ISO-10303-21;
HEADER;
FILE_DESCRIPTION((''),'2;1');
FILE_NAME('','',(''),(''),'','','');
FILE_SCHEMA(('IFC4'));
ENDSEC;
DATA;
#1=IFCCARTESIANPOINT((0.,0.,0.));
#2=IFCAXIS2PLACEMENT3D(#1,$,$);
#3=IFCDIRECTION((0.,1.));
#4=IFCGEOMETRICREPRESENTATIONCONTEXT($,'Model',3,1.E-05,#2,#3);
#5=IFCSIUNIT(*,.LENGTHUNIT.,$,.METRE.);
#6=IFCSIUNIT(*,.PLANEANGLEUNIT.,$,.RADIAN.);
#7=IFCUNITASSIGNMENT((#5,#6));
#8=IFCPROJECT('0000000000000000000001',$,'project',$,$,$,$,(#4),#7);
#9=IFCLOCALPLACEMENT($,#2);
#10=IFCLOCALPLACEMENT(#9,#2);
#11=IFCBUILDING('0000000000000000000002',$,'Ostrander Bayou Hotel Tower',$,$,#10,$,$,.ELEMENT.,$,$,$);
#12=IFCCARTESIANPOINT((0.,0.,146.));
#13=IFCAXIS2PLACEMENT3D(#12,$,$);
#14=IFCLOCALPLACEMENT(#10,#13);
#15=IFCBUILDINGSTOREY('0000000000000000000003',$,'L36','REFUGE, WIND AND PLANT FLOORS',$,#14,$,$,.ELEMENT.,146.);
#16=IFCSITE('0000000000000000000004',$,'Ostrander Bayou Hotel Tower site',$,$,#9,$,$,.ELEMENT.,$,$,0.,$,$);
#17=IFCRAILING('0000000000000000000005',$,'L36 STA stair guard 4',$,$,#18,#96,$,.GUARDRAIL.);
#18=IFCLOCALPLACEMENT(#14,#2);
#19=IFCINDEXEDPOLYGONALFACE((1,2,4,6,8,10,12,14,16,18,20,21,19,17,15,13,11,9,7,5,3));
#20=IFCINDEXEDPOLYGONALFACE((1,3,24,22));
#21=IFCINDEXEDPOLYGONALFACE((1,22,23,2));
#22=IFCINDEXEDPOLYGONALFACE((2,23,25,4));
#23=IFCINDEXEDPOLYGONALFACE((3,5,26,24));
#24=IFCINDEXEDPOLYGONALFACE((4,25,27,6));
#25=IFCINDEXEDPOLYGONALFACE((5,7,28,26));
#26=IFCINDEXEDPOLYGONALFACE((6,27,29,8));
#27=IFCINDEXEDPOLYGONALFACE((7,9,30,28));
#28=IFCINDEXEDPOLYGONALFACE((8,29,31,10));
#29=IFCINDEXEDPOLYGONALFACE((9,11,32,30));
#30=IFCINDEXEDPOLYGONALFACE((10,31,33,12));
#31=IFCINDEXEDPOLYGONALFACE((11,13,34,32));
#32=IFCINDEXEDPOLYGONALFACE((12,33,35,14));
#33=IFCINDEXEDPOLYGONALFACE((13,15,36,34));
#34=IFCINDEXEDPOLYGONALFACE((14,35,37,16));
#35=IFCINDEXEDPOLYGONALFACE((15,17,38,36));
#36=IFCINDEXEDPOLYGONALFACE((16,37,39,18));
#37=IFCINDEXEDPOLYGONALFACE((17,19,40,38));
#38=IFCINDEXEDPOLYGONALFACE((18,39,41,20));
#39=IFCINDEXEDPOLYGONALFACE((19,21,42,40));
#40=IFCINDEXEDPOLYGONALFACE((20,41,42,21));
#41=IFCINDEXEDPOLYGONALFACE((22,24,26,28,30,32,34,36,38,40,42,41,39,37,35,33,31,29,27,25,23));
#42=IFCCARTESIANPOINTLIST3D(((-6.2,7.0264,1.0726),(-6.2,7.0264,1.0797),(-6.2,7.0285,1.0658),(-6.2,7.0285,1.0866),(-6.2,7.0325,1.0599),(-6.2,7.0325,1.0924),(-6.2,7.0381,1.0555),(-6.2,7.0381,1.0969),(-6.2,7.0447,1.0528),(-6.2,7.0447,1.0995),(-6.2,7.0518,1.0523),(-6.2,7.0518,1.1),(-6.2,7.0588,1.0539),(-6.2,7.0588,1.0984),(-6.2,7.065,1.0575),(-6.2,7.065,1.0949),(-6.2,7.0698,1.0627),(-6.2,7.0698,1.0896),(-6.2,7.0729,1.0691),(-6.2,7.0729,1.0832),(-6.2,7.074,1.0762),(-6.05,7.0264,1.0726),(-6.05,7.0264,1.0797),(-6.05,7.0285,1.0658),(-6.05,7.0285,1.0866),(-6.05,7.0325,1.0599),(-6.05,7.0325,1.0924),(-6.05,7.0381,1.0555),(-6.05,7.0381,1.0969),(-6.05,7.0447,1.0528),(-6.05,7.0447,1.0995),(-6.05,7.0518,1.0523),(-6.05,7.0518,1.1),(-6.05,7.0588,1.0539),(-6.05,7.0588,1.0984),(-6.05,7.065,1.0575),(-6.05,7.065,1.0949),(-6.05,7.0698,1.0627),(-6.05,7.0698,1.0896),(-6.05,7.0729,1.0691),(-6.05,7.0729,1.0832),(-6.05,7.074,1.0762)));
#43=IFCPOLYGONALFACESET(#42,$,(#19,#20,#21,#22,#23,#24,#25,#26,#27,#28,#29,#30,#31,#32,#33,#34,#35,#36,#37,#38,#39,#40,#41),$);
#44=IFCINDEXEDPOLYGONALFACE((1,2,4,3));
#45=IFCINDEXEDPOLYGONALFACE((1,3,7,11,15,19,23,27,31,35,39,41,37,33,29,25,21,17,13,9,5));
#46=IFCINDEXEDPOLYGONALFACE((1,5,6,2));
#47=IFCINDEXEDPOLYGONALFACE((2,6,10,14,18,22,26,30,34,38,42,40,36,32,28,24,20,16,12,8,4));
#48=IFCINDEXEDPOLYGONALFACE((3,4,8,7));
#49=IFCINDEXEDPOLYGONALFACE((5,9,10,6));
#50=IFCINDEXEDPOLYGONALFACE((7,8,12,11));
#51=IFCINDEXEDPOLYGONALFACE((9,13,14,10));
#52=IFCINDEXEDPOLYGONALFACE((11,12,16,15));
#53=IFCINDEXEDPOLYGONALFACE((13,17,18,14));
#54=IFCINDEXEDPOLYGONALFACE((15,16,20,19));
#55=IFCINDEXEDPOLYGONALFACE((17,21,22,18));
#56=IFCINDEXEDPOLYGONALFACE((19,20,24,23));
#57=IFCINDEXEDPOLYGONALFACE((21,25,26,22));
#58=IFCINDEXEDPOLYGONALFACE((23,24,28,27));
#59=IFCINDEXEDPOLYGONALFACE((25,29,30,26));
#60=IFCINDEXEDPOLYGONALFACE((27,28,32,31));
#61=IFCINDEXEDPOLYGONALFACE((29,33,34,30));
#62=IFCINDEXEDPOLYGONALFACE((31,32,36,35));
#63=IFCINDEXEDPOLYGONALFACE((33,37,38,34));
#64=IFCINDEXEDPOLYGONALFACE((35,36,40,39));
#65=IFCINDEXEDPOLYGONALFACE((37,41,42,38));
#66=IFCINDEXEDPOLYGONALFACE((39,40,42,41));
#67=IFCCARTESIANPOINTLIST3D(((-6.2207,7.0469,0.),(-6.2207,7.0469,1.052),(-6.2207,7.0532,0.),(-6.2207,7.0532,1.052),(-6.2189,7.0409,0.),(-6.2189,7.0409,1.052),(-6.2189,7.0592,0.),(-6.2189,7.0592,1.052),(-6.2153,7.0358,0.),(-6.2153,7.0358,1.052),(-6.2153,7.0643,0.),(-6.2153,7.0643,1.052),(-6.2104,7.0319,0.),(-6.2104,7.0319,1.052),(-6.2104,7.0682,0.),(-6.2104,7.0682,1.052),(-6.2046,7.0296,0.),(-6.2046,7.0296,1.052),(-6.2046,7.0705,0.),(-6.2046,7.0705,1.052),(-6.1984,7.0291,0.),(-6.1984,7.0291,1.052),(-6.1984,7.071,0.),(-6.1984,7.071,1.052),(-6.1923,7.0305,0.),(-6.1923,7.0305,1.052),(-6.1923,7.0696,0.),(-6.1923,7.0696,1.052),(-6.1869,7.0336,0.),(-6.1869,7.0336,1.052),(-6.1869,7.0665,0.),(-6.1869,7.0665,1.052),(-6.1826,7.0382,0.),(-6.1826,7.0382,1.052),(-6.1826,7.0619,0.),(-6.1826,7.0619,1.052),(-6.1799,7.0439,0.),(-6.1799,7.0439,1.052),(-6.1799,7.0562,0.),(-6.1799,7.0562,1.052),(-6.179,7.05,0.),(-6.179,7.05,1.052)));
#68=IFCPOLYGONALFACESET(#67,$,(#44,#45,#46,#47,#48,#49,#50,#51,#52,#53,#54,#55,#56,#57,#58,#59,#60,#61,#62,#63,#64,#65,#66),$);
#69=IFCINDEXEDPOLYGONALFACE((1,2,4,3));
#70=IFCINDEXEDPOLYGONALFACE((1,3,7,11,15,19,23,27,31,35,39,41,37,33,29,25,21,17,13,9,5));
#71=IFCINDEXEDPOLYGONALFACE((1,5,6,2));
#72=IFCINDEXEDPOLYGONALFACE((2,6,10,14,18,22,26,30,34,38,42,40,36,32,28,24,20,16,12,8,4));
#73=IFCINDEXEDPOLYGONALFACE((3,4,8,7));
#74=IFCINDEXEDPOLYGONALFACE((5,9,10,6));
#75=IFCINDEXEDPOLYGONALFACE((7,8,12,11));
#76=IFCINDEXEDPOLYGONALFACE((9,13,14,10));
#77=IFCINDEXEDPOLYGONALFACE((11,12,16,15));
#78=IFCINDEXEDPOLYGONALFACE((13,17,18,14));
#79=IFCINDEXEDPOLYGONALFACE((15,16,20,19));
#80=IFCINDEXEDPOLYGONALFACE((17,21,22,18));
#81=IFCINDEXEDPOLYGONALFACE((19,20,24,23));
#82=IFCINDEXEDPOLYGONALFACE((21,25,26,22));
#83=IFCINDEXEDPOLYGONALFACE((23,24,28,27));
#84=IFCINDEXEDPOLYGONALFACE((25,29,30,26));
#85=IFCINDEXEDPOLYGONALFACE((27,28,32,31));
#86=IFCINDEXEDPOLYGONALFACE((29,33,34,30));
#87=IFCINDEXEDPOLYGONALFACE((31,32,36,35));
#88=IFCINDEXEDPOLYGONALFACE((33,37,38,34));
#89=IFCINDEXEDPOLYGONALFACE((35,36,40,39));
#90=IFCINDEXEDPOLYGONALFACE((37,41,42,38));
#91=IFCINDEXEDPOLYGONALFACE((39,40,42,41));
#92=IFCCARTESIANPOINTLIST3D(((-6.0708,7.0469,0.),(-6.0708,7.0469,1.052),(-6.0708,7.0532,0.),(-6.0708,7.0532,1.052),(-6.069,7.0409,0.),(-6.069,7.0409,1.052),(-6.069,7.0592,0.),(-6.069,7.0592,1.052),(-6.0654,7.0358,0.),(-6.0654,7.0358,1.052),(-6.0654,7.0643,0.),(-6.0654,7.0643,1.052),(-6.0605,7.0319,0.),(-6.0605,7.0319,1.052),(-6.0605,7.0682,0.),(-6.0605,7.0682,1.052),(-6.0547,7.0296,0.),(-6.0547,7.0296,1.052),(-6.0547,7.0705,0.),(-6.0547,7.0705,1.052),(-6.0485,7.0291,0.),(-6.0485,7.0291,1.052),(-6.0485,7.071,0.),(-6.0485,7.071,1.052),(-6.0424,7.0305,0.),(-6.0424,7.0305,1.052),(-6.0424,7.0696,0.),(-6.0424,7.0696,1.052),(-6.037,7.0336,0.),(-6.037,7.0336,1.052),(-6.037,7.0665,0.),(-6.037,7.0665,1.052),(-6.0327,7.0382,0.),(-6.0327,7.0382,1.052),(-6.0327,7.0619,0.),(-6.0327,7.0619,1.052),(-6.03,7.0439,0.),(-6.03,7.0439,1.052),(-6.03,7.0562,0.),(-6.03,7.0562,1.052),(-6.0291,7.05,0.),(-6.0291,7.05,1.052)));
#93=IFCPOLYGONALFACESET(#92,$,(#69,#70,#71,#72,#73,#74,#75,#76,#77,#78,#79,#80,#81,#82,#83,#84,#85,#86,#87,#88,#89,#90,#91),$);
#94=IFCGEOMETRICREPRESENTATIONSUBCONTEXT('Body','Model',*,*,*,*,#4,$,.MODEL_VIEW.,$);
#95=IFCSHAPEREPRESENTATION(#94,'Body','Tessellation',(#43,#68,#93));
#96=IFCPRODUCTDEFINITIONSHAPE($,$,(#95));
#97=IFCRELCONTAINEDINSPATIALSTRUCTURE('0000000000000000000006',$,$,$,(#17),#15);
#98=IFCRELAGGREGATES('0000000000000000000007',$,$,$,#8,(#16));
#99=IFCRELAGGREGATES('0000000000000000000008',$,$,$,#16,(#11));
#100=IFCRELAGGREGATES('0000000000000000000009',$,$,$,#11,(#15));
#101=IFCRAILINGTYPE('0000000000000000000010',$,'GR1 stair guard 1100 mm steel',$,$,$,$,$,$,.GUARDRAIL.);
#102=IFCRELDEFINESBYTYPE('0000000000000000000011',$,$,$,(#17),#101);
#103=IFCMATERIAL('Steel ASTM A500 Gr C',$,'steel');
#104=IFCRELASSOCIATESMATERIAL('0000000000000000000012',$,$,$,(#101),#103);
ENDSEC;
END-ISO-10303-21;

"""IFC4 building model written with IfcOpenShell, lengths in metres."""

from ifc_helpers import new_model, si_unit, direction, frame, origin, origin_2d, place, context, subcontext, project, spatial, circle, extrude, material, type_object, element, save


model = new_model("IFC4")

# Units and contexts
model_context = context("Model", 3, precision=1e-05, world=origin(), true_north=direction((0.0, 1.0)))
body_context = subcontext(model_context, "Body", "Model", "MODEL_VIEW")
ifc_project = project(units=[si_unit("LENGTHUNIT", "METRE"), si_unit("PLANEANGLEUNIT", "RADIAN")], contexts=[model_context])

# Site, building, storey
site_placement = place(None, origin())
site = spatial("IfcSite", under=ifc_project, at=site_placement, Name="Ostrander Bayou Hotel Tower site", CompositionType="ELEMENT", RefElevation=0.0)
building_placement = place(site_placement, origin())
building = spatial("IfcBuilding", under=site, at=building_placement, Name="Ostrander Bayou Hotel Tower", CompositionType="ELEMENT")
storey_placement = place(building_placement, frame((0.0, 0.0, 146.0)))
storey = spatial("IfcBuildingStorey", under=building, at=storey_placement, Name="L36", Description="REFUGE, WIND AND PLANT FLOORS", CompositionType="ELEMENT", Elevation=146.0)

# Railing
ifc_material_1 = material(Name="Steel ASTM A500 Gr C", Category="steel")
railing_type_1 = type_object("IfcRailingType", Name="GR1 stair guard 1100 mm steel", PredefinedType="GUARDRAIL", material=ifc_material_1)
railing_1_placement = place(storey_placement, frame((-6.2, 7.05, 0.0)))
element("IfcRailing", 1, at=railing_1_placement, inside=storey, type_object=railing_type_1, Name="L36 STA stair guard 4", PredefinedType="GUARDRAIL", context=body_context, shape_type="SweptSolid", body=[
    extrude(circle(Radius=0.0239, at=origin_2d()), frame((0.0, 0.0, 1.0762), z_axis=(1.0, 0.0, 0.0), x_axis=(0.0, 1.0, 0.0)), (0.0, 0.0, 1.0), 0.1499),
    extrude(circle(Radius=0.021, at=origin_2d()), origin(), (0.0, 0.0, 1.0), 1.052),
    extrude(circle(Radius=0.021, at=origin_2d()), frame((0.1499, 0.0, 0.0)), (0.0, 0.0, 1.0), 1.052),
])

save(model, "model.ifc")
